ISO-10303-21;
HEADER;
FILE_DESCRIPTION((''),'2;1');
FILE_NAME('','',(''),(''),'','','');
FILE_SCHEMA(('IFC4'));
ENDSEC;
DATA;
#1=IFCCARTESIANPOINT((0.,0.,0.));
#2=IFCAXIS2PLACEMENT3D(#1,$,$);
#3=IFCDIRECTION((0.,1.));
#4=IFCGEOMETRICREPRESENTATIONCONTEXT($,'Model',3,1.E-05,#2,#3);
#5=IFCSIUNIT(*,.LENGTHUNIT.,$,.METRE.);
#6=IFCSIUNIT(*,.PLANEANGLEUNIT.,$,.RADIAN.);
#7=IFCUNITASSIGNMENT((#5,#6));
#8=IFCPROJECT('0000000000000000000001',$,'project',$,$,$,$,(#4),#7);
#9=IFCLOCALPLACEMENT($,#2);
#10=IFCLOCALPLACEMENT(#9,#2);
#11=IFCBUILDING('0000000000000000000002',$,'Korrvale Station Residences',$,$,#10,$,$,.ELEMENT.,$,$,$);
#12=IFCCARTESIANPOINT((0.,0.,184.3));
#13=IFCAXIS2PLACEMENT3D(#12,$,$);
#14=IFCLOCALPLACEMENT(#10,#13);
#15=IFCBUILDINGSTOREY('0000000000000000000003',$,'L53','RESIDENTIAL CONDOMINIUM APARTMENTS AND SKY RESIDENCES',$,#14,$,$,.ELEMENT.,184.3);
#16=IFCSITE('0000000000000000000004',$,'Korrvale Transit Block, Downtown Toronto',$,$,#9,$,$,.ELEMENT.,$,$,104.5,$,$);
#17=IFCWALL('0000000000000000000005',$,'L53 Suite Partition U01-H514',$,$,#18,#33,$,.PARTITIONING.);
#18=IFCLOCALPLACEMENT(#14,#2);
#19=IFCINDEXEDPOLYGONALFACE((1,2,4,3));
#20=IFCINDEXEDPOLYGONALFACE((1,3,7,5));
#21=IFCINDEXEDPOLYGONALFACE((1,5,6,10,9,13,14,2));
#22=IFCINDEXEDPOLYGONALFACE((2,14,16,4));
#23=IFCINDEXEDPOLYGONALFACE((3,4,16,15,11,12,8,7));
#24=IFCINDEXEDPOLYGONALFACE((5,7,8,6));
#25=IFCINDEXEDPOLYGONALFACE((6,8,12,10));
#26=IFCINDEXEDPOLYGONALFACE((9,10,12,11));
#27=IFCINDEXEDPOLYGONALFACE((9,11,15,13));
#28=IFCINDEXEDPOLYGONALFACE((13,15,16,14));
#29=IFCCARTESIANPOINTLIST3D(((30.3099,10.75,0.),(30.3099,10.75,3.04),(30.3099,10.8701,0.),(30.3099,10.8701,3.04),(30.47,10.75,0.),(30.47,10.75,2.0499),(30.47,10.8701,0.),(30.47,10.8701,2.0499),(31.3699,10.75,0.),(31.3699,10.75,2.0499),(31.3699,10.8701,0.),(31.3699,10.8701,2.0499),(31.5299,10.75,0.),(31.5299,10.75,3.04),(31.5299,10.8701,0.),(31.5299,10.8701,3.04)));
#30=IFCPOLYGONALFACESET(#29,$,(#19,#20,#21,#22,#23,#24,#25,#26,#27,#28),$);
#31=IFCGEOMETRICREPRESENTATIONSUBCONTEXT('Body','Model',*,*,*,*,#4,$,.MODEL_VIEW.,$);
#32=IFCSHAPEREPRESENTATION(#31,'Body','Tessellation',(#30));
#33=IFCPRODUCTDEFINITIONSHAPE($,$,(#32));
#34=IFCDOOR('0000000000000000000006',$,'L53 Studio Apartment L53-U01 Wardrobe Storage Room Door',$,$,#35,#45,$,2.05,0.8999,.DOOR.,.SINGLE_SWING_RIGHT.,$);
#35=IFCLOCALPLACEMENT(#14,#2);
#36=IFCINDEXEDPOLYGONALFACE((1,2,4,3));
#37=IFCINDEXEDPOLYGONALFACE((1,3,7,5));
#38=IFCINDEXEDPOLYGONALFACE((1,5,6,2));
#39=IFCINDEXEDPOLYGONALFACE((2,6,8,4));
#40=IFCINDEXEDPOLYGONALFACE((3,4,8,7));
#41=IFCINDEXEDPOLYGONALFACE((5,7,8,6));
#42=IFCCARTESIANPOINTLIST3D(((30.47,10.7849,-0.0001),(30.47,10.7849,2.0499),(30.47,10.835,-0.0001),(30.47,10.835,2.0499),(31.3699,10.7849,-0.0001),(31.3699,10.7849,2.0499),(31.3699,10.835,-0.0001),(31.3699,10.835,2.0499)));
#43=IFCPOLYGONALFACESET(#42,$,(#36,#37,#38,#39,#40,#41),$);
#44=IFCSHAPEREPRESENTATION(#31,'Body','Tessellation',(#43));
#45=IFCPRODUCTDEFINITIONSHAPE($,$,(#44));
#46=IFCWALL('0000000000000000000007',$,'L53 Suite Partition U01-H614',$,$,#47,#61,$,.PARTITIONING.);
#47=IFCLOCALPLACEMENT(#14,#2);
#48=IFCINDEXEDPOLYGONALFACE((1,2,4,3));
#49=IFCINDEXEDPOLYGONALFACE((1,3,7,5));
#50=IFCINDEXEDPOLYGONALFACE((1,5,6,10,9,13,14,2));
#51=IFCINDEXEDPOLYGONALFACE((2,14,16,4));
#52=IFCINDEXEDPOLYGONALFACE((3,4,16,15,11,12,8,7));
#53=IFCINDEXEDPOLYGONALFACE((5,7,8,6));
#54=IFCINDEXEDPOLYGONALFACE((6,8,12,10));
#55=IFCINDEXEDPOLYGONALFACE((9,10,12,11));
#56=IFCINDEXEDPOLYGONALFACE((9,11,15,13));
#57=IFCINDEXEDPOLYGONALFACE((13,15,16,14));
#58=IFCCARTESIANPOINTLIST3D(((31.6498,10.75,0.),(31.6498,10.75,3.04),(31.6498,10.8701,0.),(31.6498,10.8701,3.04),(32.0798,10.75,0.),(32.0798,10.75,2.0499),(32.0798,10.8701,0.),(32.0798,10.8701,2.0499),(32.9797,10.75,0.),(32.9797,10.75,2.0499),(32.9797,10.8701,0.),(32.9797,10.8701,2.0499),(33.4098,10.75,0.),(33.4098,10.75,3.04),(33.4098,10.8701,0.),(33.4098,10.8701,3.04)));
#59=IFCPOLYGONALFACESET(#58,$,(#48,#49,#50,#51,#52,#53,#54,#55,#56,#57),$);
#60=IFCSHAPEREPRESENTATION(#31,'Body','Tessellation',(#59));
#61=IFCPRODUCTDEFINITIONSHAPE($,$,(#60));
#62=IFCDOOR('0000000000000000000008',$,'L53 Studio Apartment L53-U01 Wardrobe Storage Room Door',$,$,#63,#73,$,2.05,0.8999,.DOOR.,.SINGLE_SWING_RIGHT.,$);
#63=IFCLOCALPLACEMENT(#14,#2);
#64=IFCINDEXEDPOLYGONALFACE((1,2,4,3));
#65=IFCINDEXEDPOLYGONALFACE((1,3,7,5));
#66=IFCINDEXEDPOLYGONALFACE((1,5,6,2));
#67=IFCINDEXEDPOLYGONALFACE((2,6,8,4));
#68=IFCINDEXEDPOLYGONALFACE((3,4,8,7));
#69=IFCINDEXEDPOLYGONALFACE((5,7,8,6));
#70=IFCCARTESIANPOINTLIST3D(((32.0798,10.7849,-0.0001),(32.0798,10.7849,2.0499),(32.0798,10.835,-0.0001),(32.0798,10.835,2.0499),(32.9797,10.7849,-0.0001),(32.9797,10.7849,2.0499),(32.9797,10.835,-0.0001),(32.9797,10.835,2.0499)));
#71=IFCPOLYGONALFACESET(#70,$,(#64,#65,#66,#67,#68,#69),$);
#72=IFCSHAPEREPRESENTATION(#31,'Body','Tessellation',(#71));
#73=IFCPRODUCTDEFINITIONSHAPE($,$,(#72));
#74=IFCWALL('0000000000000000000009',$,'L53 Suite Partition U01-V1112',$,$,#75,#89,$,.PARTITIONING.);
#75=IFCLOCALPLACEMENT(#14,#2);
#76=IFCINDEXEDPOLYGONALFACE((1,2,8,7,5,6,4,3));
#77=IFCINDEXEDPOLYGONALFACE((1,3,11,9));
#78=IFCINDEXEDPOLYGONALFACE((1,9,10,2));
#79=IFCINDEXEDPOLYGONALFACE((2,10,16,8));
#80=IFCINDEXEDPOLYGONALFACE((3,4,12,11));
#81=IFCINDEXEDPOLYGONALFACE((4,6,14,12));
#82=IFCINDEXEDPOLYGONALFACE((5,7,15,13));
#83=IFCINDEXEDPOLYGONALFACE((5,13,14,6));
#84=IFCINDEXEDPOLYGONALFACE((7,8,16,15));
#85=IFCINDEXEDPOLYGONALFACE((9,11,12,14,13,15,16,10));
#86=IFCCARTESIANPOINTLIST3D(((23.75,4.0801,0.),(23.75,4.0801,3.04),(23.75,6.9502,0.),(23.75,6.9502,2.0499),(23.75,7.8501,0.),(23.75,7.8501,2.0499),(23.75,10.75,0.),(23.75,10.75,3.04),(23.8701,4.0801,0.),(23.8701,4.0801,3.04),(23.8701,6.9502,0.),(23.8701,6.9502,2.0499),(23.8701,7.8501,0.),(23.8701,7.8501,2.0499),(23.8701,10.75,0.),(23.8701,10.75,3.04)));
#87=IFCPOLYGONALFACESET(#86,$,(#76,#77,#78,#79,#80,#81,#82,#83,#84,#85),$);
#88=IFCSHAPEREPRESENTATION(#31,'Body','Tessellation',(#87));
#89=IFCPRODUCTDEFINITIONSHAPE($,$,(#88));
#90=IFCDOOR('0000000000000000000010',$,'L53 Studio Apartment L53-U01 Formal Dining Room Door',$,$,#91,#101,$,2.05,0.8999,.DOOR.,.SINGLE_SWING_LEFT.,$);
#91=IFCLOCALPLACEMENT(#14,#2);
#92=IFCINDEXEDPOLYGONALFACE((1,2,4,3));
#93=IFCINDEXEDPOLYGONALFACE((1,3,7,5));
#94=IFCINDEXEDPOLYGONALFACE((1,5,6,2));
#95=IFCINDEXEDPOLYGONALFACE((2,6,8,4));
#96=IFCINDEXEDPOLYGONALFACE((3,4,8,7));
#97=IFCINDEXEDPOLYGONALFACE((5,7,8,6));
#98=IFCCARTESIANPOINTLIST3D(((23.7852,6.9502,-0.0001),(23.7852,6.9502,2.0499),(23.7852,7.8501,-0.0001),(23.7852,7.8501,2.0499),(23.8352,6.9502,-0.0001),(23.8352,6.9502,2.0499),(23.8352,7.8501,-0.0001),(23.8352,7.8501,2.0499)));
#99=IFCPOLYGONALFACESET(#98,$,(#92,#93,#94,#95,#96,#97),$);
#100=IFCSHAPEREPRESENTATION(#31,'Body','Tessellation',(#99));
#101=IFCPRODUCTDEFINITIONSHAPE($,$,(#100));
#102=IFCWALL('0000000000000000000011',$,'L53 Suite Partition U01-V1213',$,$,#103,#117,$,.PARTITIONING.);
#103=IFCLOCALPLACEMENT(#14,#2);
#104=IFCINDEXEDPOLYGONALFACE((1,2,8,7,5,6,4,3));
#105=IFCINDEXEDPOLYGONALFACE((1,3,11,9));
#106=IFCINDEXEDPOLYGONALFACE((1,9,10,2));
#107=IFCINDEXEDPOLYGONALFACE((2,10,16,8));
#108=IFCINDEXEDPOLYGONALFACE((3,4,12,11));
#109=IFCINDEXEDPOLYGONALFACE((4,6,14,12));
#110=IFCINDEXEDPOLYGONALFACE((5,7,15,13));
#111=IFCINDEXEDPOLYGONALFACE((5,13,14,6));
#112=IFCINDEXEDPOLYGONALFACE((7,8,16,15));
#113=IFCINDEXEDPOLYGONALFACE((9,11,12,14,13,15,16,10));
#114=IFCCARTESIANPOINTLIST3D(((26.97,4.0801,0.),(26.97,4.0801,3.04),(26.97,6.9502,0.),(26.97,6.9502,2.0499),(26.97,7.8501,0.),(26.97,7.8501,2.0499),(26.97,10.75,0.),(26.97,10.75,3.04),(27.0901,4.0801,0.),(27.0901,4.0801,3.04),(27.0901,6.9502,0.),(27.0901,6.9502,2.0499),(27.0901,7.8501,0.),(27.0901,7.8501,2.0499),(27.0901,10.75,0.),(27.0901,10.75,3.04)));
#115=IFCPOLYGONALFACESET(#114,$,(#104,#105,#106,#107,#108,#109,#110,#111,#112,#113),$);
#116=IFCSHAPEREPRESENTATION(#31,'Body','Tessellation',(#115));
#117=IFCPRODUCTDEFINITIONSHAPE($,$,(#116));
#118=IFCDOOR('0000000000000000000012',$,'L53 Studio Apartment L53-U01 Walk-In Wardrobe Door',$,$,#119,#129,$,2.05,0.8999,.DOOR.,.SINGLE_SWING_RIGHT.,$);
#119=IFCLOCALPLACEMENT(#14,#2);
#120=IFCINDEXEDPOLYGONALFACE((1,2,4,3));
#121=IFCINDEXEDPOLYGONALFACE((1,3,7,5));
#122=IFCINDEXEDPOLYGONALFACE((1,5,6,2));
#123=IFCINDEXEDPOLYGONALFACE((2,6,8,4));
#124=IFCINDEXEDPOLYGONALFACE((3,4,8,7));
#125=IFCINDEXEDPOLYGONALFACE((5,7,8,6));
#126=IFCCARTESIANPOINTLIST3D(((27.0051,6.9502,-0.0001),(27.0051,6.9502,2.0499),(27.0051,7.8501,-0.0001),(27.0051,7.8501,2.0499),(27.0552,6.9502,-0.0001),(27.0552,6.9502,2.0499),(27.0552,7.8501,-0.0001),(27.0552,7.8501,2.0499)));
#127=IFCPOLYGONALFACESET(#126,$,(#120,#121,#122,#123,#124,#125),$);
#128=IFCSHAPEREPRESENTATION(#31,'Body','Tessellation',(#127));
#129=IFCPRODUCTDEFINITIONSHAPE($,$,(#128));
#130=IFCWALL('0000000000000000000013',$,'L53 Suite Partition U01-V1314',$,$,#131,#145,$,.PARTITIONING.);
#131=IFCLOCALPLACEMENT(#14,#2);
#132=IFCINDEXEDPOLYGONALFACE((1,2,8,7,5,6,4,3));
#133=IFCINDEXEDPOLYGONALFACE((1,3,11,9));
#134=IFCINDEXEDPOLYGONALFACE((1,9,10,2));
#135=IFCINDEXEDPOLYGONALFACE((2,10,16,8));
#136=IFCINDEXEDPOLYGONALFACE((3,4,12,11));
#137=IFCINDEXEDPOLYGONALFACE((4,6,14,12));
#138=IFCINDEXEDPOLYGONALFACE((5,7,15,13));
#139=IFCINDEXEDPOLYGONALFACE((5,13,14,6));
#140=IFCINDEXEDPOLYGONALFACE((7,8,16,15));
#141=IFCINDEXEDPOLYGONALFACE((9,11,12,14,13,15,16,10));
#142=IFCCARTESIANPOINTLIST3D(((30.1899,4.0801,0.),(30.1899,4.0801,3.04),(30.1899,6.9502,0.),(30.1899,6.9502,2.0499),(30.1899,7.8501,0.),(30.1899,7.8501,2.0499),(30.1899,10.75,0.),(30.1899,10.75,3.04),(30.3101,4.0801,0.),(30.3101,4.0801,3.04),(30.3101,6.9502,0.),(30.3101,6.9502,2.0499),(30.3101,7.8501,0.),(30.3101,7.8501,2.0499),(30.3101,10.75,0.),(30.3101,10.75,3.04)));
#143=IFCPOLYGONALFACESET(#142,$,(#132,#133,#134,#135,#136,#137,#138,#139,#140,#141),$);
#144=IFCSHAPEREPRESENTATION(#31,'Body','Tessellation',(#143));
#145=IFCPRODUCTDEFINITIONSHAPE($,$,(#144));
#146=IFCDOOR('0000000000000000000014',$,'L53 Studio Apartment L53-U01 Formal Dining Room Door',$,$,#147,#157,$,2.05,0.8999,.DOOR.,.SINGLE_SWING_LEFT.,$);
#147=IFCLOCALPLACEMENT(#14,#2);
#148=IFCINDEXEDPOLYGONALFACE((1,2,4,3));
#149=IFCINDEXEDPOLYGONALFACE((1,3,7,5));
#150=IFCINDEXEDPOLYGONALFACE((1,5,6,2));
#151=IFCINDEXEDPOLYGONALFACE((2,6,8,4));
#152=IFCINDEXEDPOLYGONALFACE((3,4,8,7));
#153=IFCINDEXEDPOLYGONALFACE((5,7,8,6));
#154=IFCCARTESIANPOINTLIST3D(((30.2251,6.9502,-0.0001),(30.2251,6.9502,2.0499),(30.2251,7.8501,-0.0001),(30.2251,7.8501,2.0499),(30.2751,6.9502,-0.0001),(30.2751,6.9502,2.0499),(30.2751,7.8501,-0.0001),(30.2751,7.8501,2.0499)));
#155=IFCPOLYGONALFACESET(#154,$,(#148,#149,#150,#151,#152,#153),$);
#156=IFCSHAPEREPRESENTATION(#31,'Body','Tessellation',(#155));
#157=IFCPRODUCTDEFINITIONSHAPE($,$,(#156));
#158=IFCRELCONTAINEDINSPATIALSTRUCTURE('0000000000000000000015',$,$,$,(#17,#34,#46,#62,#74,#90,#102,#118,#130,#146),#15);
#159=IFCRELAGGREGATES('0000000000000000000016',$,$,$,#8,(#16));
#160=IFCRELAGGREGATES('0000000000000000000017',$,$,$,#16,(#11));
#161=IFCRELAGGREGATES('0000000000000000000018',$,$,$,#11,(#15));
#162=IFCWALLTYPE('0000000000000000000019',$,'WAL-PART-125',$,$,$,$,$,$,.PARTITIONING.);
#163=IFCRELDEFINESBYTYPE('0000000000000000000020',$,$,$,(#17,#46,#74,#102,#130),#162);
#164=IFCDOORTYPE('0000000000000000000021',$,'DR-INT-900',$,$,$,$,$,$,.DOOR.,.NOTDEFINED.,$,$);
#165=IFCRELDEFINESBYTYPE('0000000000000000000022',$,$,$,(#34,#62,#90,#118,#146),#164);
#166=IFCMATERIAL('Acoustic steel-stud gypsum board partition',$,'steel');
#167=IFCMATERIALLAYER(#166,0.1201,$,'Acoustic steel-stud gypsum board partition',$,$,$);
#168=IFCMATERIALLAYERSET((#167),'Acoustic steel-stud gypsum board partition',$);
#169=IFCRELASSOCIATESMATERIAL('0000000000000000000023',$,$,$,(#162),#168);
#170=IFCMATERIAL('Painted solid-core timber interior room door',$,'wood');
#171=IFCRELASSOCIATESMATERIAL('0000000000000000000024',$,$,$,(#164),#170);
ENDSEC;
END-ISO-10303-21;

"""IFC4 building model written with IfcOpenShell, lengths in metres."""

from ifc_helpers import new_model, si_unit, direction, frame, frame_2d, origin, place, context, subcontext, project, spatial, rectangle, extrude, material, layer, layer_set, type_object, element, fill, save


model = new_model("IFC4")

# Units and contexts
model_context = context("Model", 3, precision=1e-05, world=origin(), true_north=direction((0.0, 1.0)))
body_context = subcontext(model_context, "Body", "Model", "MODEL_VIEW")
ifc_project = project(units=[si_unit("LENGTHUNIT", "METRE"), si_unit("PLANEANGLEUNIT", "RADIAN")], contexts=[model_context])

# Site, building, storey
site_placement = place(None, origin())
site = spatial("IfcSite", under=ifc_project, at=site_placement, Name="Korrvale Transit Block, Downtown Toronto", CompositionType="ELEMENT", RefElevation=104.5)
building_placement = place(site_placement, origin())
building = spatial("IfcBuilding", under=site, at=building_placement, Name="Korrvale Station Residences", CompositionType="ELEMENT")
storey_placement = place(building_placement, frame((0.0, 0.0, 184.3)))
storey = spatial("IfcBuildingStorey", under=building, at=storey_placement, Name="L53", Description="RESIDENTIAL CONDOMINIUM APARTMENTS AND SKY RESIDENCES", CompositionType="ELEMENT", Elevation=184.3)

# Shared definitions
ifc_material_1 = material(Name="Acoustic steel-stud gypsum board partition", Category="steel")
ifc_layer_1 = layer(ifc_material_1, 0.1201, Name="Acoustic steel-stud gypsum board partition")
ifc_layer_set_1 = layer_set([ifc_layer_1], Name="Acoustic steel-stud gypsum board partition")
wall_type_1 = type_object("IfcWallType", Name="WAL-PART-125", PredefinedType="PARTITIONING", material=ifc_layer_set_1)
ifc_material_2 = material(Name="Painted solid-core timber interior room door", Category="wood")
door_type = type_object("IfcDoorType", Name="DR-INT-900", OperationType="NOTDEFINED", PredefinedType="DOOR", material=ifc_material_2)

# Walls, openings, doors
wall_1_placement = place(storey_placement, frame((30.3101, 10.8101, 0.0), z_axis=(0.0, 0.0, 1.0), x_axis=(1.0, 0.0, 0.0)))
wall_1 = element("IfcWall", 1, at=wall_1_placement, inside=storey, type_object=wall_type_1, Name="L53 Suite Partition U01-H514", PredefinedType="PARTITIONING", context=body_context, shape_type="SweptSolid", body=[
    extrude(rectangle(XDim=1.22, YDim=0.1201, at=frame_2d((0.6099, 0.0))), origin(), (0.0, 0.0, 1.0), 3.04),
])
opening_1_placement = place(wall_1_placement, frame((0.1599, 0.0, 0.0)))
opening_1 = element("IfcOpeningElement", 2, at=opening_1_placement, cuts=wall_1, PredefinedType="OPENING", context=body_context, shape_type="SweptSolid", body=[
    extrude(rectangle(XDim=0.8999, YDim=2.05, at=frame_2d((0.45, 1.0249))), frame((0.0, 0.0701, 0.0), z_axis=(0.0, -1.0, 0.0), x_axis=(1.0, 0.0, 0.0)), (0.0, 0.0, 1.0), 0.1401),
])
door_1_placement = place(opening_1_placement, origin())
door_1 = element("IfcDoor", 3, at=door_1_placement, inside=storey, type_object=door_type, Name="L53 Studio Apartment L53-U01 Wardrobe Storage Room Door", OperationType="SINGLE_SWING_RIGHT", OverallHeight=2.05, OverallWidth=0.8999, PredefinedType="DOOR", context=body_context, shape_type="SweptSolid", body=[
    extrude(rectangle(XDim=0.8999, YDim=2.05, at=frame_2d((0.45, 1.0249))), frame((0.0, 0.0249, 0.0), z_axis=(0.0, -1.0, 0.0), x_axis=(1.0, 0.0, 0.0)), (0.0, 0.0, 1.0), 0.05),
])
fill(opening_1, door_1)
wall_2_placement = place(storey_placement, frame((31.6499, 10.8101, 0.0), z_axis=(0.0, 0.0, 1.0), x_axis=(1.0, 0.0, 0.0)))
wall_2 = element("IfcWall", 4, at=wall_2_placement, inside=storey, type_object=wall_type_1, Name="L53 Suite Partition U01-H614", PredefinedType="PARTITIONING", context=body_context, shape_type="SweptSolid", body=[
    extrude(rectangle(XDim=1.76, YDim=0.1201, at=frame_2d((0.8799, 0.0))), origin(), (0.0, 0.0, 1.0), 3.04),
])
opening_2_placement = place(wall_2_placement, frame((0.4299, 0.0, 0.0)))
opening_2 = element("IfcOpeningElement", 5, at=opening_2_placement, cuts=wall_2, PredefinedType="OPENING", context=body_context, shape_type="SweptSolid", body=[
    extrude(rectangle(XDim=0.8999, YDim=2.05, at=frame_2d((0.45, 1.0249))), frame((0.0, 0.0701, 0.0), z_axis=(0.0, -1.0, 0.0), x_axis=(1.0, 0.0, 0.0)), (0.0, 0.0, 1.0), 0.1401),
])
door_2_placement = place(opening_2_placement, origin())
door_2 = element("IfcDoor", 6, at=door_2_placement, inside=storey, type_object=door_type, Name="L53 Studio Apartment L53-U01 Wardrobe Storage Room Door", OperationType="SINGLE_SWING_RIGHT", OverallHeight=2.05, OverallWidth=0.8999, PredefinedType="DOOR", context=body_context, shape_type="SweptSolid", body=[
    extrude(rectangle(XDim=0.8999, YDim=2.05, at=frame_2d((0.45, 1.0249))), frame((0.0, 0.0249, 0.0), z_axis=(0.0, -1.0, 0.0), x_axis=(1.0, 0.0, 0.0)), (0.0, 0.0, 1.0), 0.05),
])
fill(opening_2, door_2)
wall_3_placement = place(storey_placement, frame((23.8101, 4.0801, 0.0), z_axis=(0.0, 0.0, 1.0), x_axis=(0.0, 1.0, 0.0)))
wall_3 = element("IfcWall", 7, at=wall_3_placement, inside=storey, type_object=wall_type_1, Name="L53 Suite Partition U01-V1112", PredefinedType="PARTITIONING", context=body_context, shape_type="SweptSolid", body=[
    extrude(rectangle(XDim=6.6699, YDim=0.1201, at=frame_2d((3.335, 0.0))), origin(), (0.0, 0.0, 1.0), 3.04),
])
opening_3_placement = place(wall_3_placement, frame((2.8701, 0.0, 0.0)))
opening_3 = element("IfcOpeningElement", 8, at=opening_3_placement, cuts=wall_3, PredefinedType="OPENING", context=body_context, shape_type="SweptSolid", body=[
    extrude(rectangle(XDim=0.8999, YDim=2.05, at=frame_2d((0.45, 1.0249))), frame((0.0, 0.0701, 0.0), z_axis=(0.0, -1.0, 0.0), x_axis=(1.0, 0.0, 0.0)), (0.0, 0.0, 1.0), 0.1401),
])
door_3_placement = place(opening_3_placement, origin())
door_3 = element("IfcDoor", 9, at=door_3_placement, inside=storey, type_object=door_type, Name="L53 Studio Apartment L53-U01 Formal Dining Room Door", OperationType="SINGLE_SWING_LEFT", OverallHeight=2.05, OverallWidth=0.8999, PredefinedType="DOOR", context=body_context, shape_type="SweptSolid", body=[
    extrude(rectangle(XDim=0.8999, YDim=2.05, at=frame_2d((0.45, 1.0249))), frame((0.0, 0.0249, 0.0), z_axis=(0.0, -1.0, 0.0), x_axis=(1.0, 0.0, 0.0)), (0.0, 0.0, 1.0), 0.05),
])
fill(opening_3, door_3)
wall_4_placement = place(storey_placement, frame((27.03, 4.0801, 0.0), z_axis=(0.0, 0.0, 1.0), x_axis=(0.0, 1.0, 0.0)))
wall_4 = element("IfcWall", 10, at=wall_4_placement, inside=storey, type_object=wall_type_1, Name="L53 Suite Partition U01-V1213", PredefinedType="PARTITIONING", context=body_context, shape_type="SweptSolid", body=[
    extrude(rectangle(XDim=6.6699, YDim=0.1201, at=frame_2d((3.335, 0.0))), origin(), (0.0, 0.0, 1.0), 3.04),
])
opening_4_placement = place(wall_4_placement, frame((2.8701, 0.0, 0.0)))
opening_4 = element("IfcOpeningElement", 11, at=opening_4_placement, cuts=wall_4, PredefinedType="OPENING", context=body_context, shape_type="SweptSolid", body=[
    extrude(rectangle(XDim=0.8999, YDim=2.05, at=frame_2d((0.45, 1.0249))), frame((0.0, 0.0701, 0.0), z_axis=(0.0, -1.0, 0.0), x_axis=(1.0, 0.0, 0.0)), (0.0, 0.0, 1.0), 0.1401),
])
door_4_placement = place(opening_4_placement, origin())
door_4 = element("IfcDoor", 12, at=door_4_placement, inside=storey, type_object=door_type, Name="L53 Studio Apartment L53-U01 Walk-In Wardrobe Door", OperationType="SINGLE_SWING_RIGHT", OverallHeight=2.05, OverallWidth=0.8999, PredefinedType="DOOR", context=body_context, shape_type="SweptSolid", body=[
    extrude(rectangle(XDim=0.8999, YDim=2.05, at=frame_2d((0.45, 1.0249))), frame((0.0, 0.0249, 0.0), z_axis=(0.0, -1.0, 0.0), x_axis=(1.0, 0.0, 0.0)), (0.0, 0.0, 1.0), 0.05),
])
fill(opening_4, door_4)
wall_5_placement = place(storey_placement, frame((30.25, 4.0801, 0.0), z_axis=(0.0, 0.0, 1.0), x_axis=(0.0, 1.0, 0.0)))
wall_5 = element("IfcWall", 13, at=wall_5_placement, inside=storey, type_object=wall_type_1, Name="L53 Suite Partition U01-V1314", PredefinedType="PARTITIONING", context=body_context, shape_type="SweptSolid", body=[
    extrude(rectangle(XDim=6.6699, YDim=0.1201, at=frame_2d((3.335, 0.0))), origin(), (0.0, 0.0, 1.0), 3.04),
])
opening_5_placement = place(wall_5_placement, frame((2.8701, 0.0, 0.0)))
opening_5 = element("IfcOpeningElement", 14, at=opening_5_placement, cuts=wall_5, PredefinedType="OPENING", context=body_context, shape_type="SweptSolid", body=[
    extrude(rectangle(XDim=0.8999, YDim=2.05, at=frame_2d((0.45, 1.0249))), frame((0.0, 0.0701, 0.0), z_axis=(0.0, -1.0, 0.0), x_axis=(1.0, 0.0, 0.0)), (0.0, 0.0, 1.0), 0.1401),
])
door_5_placement = place(opening_5_placement, origin())
door_5 = element("IfcDoor", 15, at=door_5_placement, inside=storey, type_object=door_type, Name="L53 Studio Apartment L53-U01 Formal Dining Room Door", OperationType="SINGLE_SWING_LEFT", OverallHeight=2.05, OverallWidth=0.8999, PredefinedType="DOOR", context=body_context, shape_type="SweptSolid", body=[
    extrude(rectangle(XDim=0.8999, YDim=2.05, at=frame_2d((0.45, 1.0249))), frame((0.0, 0.0249, 0.0), z_axis=(0.0, -1.0, 0.0), x_axis=(1.0, 0.0, 0.0)), (0.0, 0.0, 1.0), 0.05),
])
fill(opening_5, door_5)

save(model, "model.ifc")
